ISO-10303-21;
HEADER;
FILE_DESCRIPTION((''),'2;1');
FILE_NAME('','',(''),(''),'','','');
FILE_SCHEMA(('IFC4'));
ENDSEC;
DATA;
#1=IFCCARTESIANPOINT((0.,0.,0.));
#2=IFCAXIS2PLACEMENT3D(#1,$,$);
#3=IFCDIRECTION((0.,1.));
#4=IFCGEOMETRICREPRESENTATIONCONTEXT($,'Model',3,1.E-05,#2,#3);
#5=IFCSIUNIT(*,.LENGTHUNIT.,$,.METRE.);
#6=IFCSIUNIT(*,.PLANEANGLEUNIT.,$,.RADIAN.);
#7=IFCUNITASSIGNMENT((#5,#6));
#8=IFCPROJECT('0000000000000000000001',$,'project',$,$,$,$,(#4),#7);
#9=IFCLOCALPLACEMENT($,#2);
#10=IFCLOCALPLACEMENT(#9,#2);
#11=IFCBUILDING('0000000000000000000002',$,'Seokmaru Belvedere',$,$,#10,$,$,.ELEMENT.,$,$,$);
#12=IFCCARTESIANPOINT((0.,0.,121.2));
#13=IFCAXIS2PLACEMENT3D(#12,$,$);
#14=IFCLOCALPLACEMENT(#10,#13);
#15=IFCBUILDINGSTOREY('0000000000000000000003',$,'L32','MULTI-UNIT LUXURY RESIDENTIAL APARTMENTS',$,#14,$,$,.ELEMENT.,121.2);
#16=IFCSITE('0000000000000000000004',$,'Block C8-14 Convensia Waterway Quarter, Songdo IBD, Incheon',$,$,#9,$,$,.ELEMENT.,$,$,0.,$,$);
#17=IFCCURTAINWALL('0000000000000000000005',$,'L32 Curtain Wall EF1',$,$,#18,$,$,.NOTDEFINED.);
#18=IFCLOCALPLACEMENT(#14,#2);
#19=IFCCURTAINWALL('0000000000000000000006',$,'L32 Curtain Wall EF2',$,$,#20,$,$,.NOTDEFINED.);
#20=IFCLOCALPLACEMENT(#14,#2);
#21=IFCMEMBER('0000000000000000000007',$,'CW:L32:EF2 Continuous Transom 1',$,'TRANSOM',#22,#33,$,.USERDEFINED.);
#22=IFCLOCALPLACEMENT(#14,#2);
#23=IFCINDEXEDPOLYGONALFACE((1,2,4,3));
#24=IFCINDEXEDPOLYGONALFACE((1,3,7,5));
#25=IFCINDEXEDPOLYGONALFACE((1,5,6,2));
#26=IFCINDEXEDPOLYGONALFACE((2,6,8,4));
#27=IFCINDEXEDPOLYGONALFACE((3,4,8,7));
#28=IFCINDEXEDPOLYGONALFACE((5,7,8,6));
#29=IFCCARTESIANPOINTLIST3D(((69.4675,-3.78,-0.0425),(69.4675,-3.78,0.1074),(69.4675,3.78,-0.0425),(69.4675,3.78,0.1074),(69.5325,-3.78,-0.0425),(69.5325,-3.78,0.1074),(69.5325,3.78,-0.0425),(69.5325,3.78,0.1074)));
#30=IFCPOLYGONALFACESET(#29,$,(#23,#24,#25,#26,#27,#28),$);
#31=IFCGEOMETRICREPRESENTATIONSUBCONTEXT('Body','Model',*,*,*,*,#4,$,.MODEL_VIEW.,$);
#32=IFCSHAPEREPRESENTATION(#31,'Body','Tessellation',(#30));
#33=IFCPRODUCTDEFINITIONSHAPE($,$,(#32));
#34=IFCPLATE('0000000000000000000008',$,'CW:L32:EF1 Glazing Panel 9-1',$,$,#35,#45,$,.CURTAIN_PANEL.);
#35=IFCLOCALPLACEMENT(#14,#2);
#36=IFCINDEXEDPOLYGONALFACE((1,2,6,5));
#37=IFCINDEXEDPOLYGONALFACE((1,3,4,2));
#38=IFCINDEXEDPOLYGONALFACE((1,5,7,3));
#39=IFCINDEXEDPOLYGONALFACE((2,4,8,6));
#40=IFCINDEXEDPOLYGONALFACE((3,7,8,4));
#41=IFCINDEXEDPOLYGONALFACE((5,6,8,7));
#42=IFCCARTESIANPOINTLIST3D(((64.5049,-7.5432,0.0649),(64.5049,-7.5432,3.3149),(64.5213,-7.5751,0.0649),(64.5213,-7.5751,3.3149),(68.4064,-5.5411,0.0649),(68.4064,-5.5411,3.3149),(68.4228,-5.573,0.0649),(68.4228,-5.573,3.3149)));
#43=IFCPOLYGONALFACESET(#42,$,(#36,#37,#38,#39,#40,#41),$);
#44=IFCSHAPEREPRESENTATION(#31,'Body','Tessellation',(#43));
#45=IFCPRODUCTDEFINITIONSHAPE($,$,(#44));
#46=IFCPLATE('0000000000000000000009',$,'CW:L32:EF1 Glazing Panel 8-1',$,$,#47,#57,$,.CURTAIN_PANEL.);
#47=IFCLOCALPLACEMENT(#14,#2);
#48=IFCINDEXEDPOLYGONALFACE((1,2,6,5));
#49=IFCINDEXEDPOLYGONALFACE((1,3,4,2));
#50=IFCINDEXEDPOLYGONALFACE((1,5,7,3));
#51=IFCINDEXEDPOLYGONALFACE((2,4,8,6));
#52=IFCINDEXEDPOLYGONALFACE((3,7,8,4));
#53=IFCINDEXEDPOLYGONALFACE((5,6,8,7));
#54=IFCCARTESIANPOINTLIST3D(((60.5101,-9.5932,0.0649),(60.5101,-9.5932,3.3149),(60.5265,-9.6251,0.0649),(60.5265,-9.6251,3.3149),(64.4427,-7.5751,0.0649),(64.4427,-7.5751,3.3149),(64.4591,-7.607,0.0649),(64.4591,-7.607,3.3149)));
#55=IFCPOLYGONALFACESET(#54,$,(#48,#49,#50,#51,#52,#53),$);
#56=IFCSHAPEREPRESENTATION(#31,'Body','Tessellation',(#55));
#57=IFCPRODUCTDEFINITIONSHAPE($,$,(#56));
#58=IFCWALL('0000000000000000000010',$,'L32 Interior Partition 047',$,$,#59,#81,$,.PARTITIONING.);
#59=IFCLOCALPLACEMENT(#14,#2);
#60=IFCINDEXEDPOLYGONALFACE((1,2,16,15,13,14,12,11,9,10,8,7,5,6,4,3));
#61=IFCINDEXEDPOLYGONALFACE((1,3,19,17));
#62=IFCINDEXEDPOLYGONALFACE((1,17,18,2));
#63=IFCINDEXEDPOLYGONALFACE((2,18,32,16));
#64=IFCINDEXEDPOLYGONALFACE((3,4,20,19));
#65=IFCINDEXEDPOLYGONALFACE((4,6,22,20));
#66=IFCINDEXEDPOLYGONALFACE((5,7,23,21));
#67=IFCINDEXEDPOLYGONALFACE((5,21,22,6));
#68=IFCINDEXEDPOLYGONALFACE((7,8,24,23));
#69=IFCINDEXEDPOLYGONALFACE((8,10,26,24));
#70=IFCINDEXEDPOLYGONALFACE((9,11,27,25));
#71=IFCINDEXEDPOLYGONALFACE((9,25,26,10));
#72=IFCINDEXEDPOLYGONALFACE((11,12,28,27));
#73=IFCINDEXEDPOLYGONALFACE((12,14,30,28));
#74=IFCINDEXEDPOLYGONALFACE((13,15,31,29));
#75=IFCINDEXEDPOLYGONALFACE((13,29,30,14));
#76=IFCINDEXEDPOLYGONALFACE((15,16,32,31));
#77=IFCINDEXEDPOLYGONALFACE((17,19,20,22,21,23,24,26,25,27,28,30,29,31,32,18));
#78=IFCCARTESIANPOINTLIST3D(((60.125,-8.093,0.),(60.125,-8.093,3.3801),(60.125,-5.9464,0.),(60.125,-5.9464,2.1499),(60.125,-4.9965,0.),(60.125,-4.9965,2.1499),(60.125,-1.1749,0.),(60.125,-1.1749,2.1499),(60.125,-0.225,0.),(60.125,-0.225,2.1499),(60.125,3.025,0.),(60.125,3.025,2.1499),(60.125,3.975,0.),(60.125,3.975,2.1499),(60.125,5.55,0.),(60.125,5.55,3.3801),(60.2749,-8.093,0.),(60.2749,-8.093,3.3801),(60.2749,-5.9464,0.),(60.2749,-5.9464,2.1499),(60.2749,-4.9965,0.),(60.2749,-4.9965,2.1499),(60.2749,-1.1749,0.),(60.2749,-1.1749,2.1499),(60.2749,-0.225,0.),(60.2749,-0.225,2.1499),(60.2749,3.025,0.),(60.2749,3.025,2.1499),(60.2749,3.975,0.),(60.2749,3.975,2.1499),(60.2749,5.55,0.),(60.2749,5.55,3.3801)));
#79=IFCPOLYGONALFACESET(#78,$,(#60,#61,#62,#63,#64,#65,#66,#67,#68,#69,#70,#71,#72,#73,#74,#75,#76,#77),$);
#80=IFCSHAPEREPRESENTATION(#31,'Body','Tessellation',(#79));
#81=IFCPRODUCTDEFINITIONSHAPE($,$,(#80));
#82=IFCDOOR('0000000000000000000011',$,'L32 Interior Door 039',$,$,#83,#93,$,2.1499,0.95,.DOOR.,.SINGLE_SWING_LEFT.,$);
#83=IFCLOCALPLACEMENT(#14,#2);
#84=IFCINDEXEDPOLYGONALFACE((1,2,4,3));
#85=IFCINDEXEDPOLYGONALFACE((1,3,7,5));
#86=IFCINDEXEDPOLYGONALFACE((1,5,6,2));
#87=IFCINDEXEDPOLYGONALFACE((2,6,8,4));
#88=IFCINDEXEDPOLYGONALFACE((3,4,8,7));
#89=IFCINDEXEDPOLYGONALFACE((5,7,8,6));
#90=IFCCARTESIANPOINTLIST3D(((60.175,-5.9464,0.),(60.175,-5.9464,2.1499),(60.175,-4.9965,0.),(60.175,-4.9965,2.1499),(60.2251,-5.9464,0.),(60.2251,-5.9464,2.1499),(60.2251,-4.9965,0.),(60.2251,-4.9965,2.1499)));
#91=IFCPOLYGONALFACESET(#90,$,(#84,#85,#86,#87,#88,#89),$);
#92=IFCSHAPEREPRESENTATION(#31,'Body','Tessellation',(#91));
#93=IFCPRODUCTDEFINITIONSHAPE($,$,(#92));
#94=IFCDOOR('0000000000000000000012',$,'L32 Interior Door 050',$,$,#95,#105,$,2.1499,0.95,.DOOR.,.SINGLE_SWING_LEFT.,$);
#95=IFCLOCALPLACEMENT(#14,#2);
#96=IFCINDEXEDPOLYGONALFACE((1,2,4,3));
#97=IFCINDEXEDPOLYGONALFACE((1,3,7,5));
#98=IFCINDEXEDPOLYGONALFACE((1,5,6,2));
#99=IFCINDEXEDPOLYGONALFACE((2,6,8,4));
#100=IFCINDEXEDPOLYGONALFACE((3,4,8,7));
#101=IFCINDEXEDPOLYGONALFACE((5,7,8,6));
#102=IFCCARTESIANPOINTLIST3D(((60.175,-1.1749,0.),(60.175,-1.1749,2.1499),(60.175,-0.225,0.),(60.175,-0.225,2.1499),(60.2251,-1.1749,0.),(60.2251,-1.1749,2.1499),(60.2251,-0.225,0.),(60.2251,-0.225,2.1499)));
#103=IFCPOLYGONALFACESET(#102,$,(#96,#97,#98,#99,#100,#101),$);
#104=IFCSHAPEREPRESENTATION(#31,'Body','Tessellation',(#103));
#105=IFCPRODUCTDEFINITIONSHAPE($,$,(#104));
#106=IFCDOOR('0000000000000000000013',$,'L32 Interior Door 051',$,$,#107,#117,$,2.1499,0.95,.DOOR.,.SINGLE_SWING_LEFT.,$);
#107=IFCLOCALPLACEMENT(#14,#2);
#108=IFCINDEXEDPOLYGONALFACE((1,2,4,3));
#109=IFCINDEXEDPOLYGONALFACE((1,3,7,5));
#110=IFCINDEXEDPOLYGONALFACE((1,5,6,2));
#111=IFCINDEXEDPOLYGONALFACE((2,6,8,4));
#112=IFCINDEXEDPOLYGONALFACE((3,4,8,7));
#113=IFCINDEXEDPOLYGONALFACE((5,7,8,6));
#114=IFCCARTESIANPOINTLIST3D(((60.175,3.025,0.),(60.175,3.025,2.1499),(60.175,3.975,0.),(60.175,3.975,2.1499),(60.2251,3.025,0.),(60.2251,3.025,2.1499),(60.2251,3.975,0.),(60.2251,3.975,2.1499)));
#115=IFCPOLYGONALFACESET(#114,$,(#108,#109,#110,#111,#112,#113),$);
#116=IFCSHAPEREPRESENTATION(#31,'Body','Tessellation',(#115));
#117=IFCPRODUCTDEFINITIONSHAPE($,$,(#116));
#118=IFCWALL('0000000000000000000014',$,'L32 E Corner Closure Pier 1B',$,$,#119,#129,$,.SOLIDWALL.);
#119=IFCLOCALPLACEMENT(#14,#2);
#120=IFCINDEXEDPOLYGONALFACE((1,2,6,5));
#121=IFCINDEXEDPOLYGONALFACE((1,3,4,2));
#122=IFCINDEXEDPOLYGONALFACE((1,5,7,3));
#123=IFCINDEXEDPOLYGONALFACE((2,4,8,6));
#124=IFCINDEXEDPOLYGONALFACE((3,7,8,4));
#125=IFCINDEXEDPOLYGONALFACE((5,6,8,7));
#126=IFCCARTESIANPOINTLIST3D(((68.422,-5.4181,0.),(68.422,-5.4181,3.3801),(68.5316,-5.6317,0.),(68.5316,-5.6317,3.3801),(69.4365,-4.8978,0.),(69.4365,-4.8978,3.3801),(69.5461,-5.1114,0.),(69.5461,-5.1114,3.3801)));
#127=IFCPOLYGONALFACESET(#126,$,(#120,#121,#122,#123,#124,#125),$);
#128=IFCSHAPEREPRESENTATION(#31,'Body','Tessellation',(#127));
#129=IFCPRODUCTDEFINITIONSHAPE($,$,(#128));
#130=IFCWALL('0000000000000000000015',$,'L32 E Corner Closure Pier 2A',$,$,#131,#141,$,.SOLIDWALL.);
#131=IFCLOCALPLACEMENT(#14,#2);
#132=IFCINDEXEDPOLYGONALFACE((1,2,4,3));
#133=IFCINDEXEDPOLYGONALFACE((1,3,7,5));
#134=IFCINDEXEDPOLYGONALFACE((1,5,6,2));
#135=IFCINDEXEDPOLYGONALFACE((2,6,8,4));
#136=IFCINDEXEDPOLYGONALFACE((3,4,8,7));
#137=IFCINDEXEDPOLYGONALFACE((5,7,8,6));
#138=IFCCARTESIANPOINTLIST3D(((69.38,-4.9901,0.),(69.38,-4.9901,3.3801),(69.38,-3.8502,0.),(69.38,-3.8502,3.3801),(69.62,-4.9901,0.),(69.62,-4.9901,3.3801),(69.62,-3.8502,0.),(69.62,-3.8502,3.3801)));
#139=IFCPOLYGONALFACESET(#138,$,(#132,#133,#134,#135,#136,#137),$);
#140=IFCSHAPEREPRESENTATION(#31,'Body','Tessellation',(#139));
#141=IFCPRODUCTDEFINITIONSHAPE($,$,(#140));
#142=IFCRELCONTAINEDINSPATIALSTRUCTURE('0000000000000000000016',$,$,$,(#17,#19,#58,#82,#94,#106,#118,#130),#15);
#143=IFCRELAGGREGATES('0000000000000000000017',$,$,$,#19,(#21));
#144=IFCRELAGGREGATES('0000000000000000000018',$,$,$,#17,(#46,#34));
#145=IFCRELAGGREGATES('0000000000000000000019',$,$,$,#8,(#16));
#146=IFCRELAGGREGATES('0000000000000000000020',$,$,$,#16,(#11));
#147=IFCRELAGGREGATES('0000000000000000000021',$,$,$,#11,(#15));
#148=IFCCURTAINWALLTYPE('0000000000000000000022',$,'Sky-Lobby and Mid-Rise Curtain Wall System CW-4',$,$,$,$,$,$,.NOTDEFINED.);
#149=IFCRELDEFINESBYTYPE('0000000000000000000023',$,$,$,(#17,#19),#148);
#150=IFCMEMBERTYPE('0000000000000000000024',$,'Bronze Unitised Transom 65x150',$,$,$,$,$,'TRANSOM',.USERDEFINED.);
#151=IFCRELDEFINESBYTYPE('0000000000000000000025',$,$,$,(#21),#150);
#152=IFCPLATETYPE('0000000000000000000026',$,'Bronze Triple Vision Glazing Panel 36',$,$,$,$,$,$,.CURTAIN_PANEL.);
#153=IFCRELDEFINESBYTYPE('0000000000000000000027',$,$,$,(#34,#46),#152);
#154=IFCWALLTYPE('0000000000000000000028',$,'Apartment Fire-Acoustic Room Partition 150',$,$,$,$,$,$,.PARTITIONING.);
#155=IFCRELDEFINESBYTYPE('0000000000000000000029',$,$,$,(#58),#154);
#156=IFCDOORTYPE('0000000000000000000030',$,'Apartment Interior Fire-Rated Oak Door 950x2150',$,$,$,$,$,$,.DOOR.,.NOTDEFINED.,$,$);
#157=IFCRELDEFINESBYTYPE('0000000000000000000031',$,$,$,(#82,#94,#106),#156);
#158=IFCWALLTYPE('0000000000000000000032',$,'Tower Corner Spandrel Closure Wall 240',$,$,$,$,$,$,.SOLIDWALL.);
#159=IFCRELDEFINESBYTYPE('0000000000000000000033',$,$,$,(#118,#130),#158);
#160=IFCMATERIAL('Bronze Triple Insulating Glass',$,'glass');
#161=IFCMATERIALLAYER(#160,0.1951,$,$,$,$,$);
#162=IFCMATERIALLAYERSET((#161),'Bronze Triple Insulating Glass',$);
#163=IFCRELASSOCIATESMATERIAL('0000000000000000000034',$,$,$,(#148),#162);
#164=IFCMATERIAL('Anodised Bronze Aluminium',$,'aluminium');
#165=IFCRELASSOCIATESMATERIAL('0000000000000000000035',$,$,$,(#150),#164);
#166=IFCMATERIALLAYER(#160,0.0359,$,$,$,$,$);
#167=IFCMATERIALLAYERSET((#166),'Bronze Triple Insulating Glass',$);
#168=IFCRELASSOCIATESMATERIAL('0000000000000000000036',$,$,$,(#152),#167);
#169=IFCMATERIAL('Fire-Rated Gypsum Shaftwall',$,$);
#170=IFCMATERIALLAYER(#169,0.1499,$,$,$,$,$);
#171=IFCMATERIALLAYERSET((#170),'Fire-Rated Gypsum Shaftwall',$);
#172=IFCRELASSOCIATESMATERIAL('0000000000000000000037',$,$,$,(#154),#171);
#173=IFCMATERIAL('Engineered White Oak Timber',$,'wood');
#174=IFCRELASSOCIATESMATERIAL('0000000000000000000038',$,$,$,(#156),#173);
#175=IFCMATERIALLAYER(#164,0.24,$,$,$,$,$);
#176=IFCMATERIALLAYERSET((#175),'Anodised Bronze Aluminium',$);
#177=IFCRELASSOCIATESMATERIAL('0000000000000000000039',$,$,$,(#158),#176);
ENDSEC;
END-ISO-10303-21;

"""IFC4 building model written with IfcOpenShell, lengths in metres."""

from ifc_helpers import new_model, si_unit, direction, frame, frame_2d, origin, origin_2d, place, context, subcontext, project, spatial, rectangle, extrude, source, transform, mapped, material, layer, layer_set, material_profile, profile_set, type_object, type_shapes, element, fill, aggregate, save


model = new_model("IFC4")

# Units and contexts
model_context = context("Model", 3, precision=1e-05, world=origin(), true_north=direction((0.0, 1.0)))
body_context = subcontext(model_context, "Body", "Model", "MODEL_VIEW")
ifc_project = project(units=[si_unit("LENGTHUNIT", "METRE"), si_unit("PLANEANGLEUNIT", "RADIAN")], contexts=[model_context])

# Site, building, storey
site_placement = place(None, origin())
site = spatial("IfcSite", under=ifc_project, at=site_placement, Name="Block C8-14 Convensia Waterway Quarter, Songdo IBD, Incheon", CompositionType="ELEMENT", RefElevation=0.0)
building_placement = place(site_placement, origin())
building = spatial("IfcBuilding", under=site, at=building_placement, Name="Seokmaru Belvedere", CompositionType="ELEMENT")
storey_placement = place(building_placement, frame((0.0, 0.0, 121.2)))
storey = spatial("IfcBuildingStorey", under=building, at=storey_placement, Name="L32", Description="MULTI-UNIT LUXURY RESIDENTIAL APARTMENTS", CompositionType="ELEMENT", Elevation=121.2)

# Curtain walls
ifc_material_1 = material(Name="Bronze Triple Insulating Glass", Category="glass")
ifc_layer_1 = layer(ifc_material_1, 0.1951)
ifc_layer_set_1 = layer_set([ifc_layer_1], Name="Bronze Triple Insulating Glass")
curtain_wall_type = type_object("IfcCurtainWallType", Name="Sky-Lobby and Mid-Rise Curtain Wall System CW-4", PredefinedType="NOTDEFINED", material=ifc_layer_set_1)
curtain_wall_1_placement = place(storey_placement, origin())
curtain_wall_1 = element("IfcCurtainWall", 1, at=curtain_wall_1_placement, inside=storey, type_object=curtain_wall_type, Name="L32 Curtain Wall EF1", PredefinedType="NOTDEFINED")
ifc_material_2 = material(Name="Anodised Bronze Aluminium", Category="aluminium")
curtain_wall_2_placement = place(storey_placement, origin())
curtain_wall_2 = element("IfcCurtainWall", 2, at=curtain_wall_2_placement, inside=storey, type_object=curtain_wall_type, Name="L32 Curtain Wall EF2", PredefinedType="NOTDEFINED")

# Member
ifc_material_profile_1 = material_profile(ifc_material_2, rectangle(XDim=0.0649, YDim=0.1499, at=origin_2d()), Name="CW-T-65x150")
ifc_profile_set_1 = profile_set([ifc_material_profile_1], Name="Anodised Bronze Aluminium")
member_type_1 = type_object("IfcMemberType", Name="Bronze Unitised Transom 65x150", ElementType="TRANSOM", PredefinedType="USERDEFINED", material=ifc_profile_set_1)
shared_shape_1 = source(origin(), body_context, "Body", "SweptSolid", [
    extrude(rectangle(XDim=0.0649, YDim=0.1499, at=origin_2d()), origin(), (0.0, 0.0, 1.0), 7.5601),
])
type_shapes(member_type_1, [shared_shape_1])
member_1_placement = place(storey_placement, frame((69.5, -3.78, 0.0325), z_axis=(0.0, 1.0, 0.0), x_axis=(-1.0, 0.0, 0.0)))
member_1 = element("IfcMember", 3, at=member_1_placement, type_object=member_type_1, Name="CW:L32:EF2 Continuous Transom 1", ObjectType="TRANSOM", PredefinedType="USERDEFINED", context=body_context, shape_type="MappedRepresentation", body=[
    mapped(shared_shape_1, transform((0.0, 0.0, 0.0), scale=1.0)),
])
aggregate(curtain_wall_2, [member_1])

# Plates
ifc_layer_2 = layer(ifc_material_1, 0.0359)
ifc_layer_set_2 = layer_set([ifc_layer_2], Name="Bronze Triple Insulating Glass")
plate_type = type_object("IfcPlateType", Name="Bronze Triple Vision Glazing Panel 36", PredefinedType="CURTAIN_PANEL", material=ifc_layer_set_2)
shared_shape_2 = source(origin(), body_context, "Body", "SweptSolid", [
    extrude(rectangle(XDim=4.3853, YDim=0.0359, at=origin_2d()), origin(), (0.0, 0.0, 1.0), 3.25),
])
plate_1_placement = place(storey_placement, frame((66.4639, -6.5581, 0.0649), z_axis=(0.0, 0.0, 1.0), x_axis=(0.889695, 0.456555, 0.0)))
plate_1 = element("IfcPlate", 4, at=plate_1_placement, type_object=plate_type, Name="CW:L32:EF1 Glazing Panel 9-1", PredefinedType="CURTAIN_PANEL", context=body_context, shape_type="MappedRepresentation", body=[
    mapped(shared_shape_2, transform((0.0, 0.0, 0.0), scale=1.0)),
])
shared_shape_3 = source(origin(), body_context, "Body", "SweptSolid", [
    extrude(rectangle(XDim=4.4202, YDim=0.0359, at=origin_2d()), origin(), (0.0, 0.0, 1.0), 3.25),
])
type_shapes(plate_type, [shared_shape_2, shared_shape_3])
plate_2_placement = place(storey_placement, frame((62.4846, -8.6001, 0.0649), z_axis=(0.0, 0.0, 1.0), x_axis=(0.889695, 0.456555, 0.0)))
plate_2 = element("IfcPlate", 5, at=plate_2_placement, type_object=plate_type, Name="CW:L32:EF1 Glazing Panel 8-1", PredefinedType="CURTAIN_PANEL", context=body_context, shape_type="MappedRepresentation", body=[
    mapped(shared_shape_3, transform((0.0, 0.0, 0.0), scale=1.0)),
])
aggregate(curtain_wall_1, [plate_2, plate_1])

# Wall, openings, doors
ifc_material_3 = material(Name="Fire-Rated Gypsum Shaftwall")
ifc_layer_3 = layer(ifc_material_3, 0.1499)
ifc_layer_set_3 = layer_set([ifc_layer_3], Name="Fire-Rated Gypsum Shaftwall")
wall_type_1 = type_object("IfcWallType", Name="Apartment Fire-Acoustic Room Partition 150", PredefinedType="PARTITIONING", material=ifc_layer_set_3)
wall_1_placement = place(storey_placement, frame((60.2, -8.093, 0.0), z_axis=(0.0, 0.0, 1.0), x_axis=(0.0, 1.0, 0.0)))
wall_1 = element("IfcWall", 6, at=wall_1_placement, inside=storey, type_object=wall_type_1, Name="L32 Interior Partition 047", PredefinedType="PARTITIONING", context=body_context, shape_type="SweptSolid", body=[
    extrude(rectangle(XDim=13.6431, YDim=0.1499, at=frame_2d((6.8215, 0.0))), origin(), (0.0, 0.0, 1.0), 3.3801),
])
opening_1_placement = place(wall_1_placement, frame((2.1465, 0.0, 0.0)))
opening_1 = element("IfcOpeningElement", 7, at=opening_1_placement, cuts=wall_1, PredefinedType="OPENING", context=body_context, shape_type="SweptSolid", body=[
    extrude(rectangle(XDim=0.95, YDim=2.1499, at=frame_2d((0.4751, 1.075))), frame((0.0, 0.085, 0.0), z_axis=(0.0, -1.0, 0.0), x_axis=(1.0, 0.0, 0.0)), (0.0, 0.0, 1.0), 0.1699),
])
opening_2_placement = place(wall_1_placement, frame((6.918, 0.0, 0.0)))
opening_2 = element("IfcOpeningElement", 8, at=opening_2_placement, cuts=wall_1, PredefinedType="OPENING", context=body_context, shape_type="SweptSolid", body=[
    extrude(rectangle(XDim=0.95, YDim=2.1499, at=frame_2d((0.4751, 1.075))), frame((0.0, 0.085, 0.0), z_axis=(0.0, -1.0, 0.0), x_axis=(1.0, 0.0, 0.0)), (0.0, 0.0, 1.0), 0.1699),
])
opening_3_placement = place(wall_1_placement, frame((11.1179, 0.0, 0.0)))
opening_3 = element("IfcOpeningElement", 9, at=opening_3_placement, cuts=wall_1, PredefinedType="OPENING", context=body_context, shape_type="SweptSolid", body=[
    extrude(rectangle(XDim=0.95, YDim=2.1499, at=frame_2d((0.4751, 1.075))), frame((0.0, 0.085, 0.0), z_axis=(0.0, -1.0, 0.0), x_axis=(1.0, 0.0, 0.0)), (0.0, 0.0, 1.0), 0.1699),
])
ifc_material_4 = material(Name="Engineered White Oak Timber", Category="wood")
door_type = type_object("IfcDoorType", Name="Apartment Interior Fire-Rated Oak Door 950x2150", OperationType="NOTDEFINED", PredefinedType="DOOR", material=ifc_material_4)
shared_shape_4 = source(origin(), body_context, "Body", "SweptSolid", [
    extrude(rectangle(XDim=0.95, YDim=2.1499, at=frame_2d((0.4751, 1.075))), frame((0.0, 0.0249, 0.0), z_axis=(0.0, -1.0, 0.0), x_axis=(1.0, 0.0, 0.0)), (0.0, 0.0, 1.0), 0.05),
])
type_shapes(door_type, [shared_shape_4])
door_1_placement = place(opening_1_placement, origin())
door_1 = element("IfcDoor", 10, at=door_1_placement, inside=storey, type_object=door_type, Name="L32 Interior Door 039", OperationType="SINGLE_SWING_LEFT", OverallHeight=2.1499, OverallWidth=0.95, PredefinedType="DOOR", context=body_context, shape_type="MappedRepresentation", body=[
    mapped(shared_shape_4, transform((0.0, 0.0, 0.0), scale=1.0)),
])
fill(opening_1, door_1)
door_2_placement = place(opening_2_placement, origin())
door_2 = element("IfcDoor", 11, at=door_2_placement, inside=storey, type_object=door_type, Name="L32 Interior Door 050", OperationType="SINGLE_SWING_LEFT", OverallHeight=2.1499, OverallWidth=0.95, PredefinedType="DOOR", context=body_context, shape_type="MappedRepresentation", body=[
    mapped(shared_shape_4, transform((0.0, 0.0, 0.0), scale=1.0)),
])
fill(opening_2, door_2)
door_3_placement = place(opening_3_placement, origin())
door_3 = element("IfcDoor", 12, at=door_3_placement, inside=storey, type_object=door_type, Name="L32 Interior Door 051", OperationType="SINGLE_SWING_LEFT", OverallHeight=2.1499, OverallWidth=0.95, PredefinedType="DOOR", context=body_context, shape_type="MappedRepresentation", body=[
    mapped(shared_shape_4, transform((0.0, 0.0, 0.0), scale=1.0)),
])
fill(opening_3, door_3)

# Walls
ifc_layer_4 = layer(ifc_material_2, 0.24)
ifc_layer_set_4 = layer_set([ifc_layer_4], Name="Anodised Bronze Aluminium")
wall_type_2 = type_object("IfcWallType", Name="Tower Corner Spandrel Closure Wall 240", PredefinedType="SOLIDWALL", material=ifc_layer_set_4)
wall_2_placement = place(storey_placement, frame((68.4768, -5.5249, 0.0), z_axis=(0.0, 0.0, 1.0), x_axis=(0.889797, 0.456356, 0.0)))
element("IfcWall", 13, at=wall_2_placement, inside=storey, type_object=wall_type_2, Name="L32 E Corner Closure Pier 1B", PredefinedType="SOLIDWALL", context=body_context, shape_type="SweptSolid", body=[
    extrude(rectangle(XDim=1.1401, YDim=0.24, at=frame_2d((0.5701, 0.0))), origin(), (0.0, 0.0, 1.0), 3.3801),
])
wall_3_placement = place(storey_placement, frame((69.5, -4.99, 0.0), z_axis=(0.0, 0.0, 1.0), x_axis=(0.0, 1.0, 0.0)))
element("IfcWall", 14, at=wall_3_placement, inside=storey, type_object=wall_type_2, Name="L32 E Corner Closure Pier 2A", PredefinedType="SOLIDWALL", context=body_context, shape_type="SweptSolid", body=[
    extrude(rectangle(XDim=1.1399, YDim=0.24, at=frame_2d((0.5698, 0.0))), origin(), (0.0, 0.0, 1.0), 3.3801),
])

save(model, "model.ifc")
